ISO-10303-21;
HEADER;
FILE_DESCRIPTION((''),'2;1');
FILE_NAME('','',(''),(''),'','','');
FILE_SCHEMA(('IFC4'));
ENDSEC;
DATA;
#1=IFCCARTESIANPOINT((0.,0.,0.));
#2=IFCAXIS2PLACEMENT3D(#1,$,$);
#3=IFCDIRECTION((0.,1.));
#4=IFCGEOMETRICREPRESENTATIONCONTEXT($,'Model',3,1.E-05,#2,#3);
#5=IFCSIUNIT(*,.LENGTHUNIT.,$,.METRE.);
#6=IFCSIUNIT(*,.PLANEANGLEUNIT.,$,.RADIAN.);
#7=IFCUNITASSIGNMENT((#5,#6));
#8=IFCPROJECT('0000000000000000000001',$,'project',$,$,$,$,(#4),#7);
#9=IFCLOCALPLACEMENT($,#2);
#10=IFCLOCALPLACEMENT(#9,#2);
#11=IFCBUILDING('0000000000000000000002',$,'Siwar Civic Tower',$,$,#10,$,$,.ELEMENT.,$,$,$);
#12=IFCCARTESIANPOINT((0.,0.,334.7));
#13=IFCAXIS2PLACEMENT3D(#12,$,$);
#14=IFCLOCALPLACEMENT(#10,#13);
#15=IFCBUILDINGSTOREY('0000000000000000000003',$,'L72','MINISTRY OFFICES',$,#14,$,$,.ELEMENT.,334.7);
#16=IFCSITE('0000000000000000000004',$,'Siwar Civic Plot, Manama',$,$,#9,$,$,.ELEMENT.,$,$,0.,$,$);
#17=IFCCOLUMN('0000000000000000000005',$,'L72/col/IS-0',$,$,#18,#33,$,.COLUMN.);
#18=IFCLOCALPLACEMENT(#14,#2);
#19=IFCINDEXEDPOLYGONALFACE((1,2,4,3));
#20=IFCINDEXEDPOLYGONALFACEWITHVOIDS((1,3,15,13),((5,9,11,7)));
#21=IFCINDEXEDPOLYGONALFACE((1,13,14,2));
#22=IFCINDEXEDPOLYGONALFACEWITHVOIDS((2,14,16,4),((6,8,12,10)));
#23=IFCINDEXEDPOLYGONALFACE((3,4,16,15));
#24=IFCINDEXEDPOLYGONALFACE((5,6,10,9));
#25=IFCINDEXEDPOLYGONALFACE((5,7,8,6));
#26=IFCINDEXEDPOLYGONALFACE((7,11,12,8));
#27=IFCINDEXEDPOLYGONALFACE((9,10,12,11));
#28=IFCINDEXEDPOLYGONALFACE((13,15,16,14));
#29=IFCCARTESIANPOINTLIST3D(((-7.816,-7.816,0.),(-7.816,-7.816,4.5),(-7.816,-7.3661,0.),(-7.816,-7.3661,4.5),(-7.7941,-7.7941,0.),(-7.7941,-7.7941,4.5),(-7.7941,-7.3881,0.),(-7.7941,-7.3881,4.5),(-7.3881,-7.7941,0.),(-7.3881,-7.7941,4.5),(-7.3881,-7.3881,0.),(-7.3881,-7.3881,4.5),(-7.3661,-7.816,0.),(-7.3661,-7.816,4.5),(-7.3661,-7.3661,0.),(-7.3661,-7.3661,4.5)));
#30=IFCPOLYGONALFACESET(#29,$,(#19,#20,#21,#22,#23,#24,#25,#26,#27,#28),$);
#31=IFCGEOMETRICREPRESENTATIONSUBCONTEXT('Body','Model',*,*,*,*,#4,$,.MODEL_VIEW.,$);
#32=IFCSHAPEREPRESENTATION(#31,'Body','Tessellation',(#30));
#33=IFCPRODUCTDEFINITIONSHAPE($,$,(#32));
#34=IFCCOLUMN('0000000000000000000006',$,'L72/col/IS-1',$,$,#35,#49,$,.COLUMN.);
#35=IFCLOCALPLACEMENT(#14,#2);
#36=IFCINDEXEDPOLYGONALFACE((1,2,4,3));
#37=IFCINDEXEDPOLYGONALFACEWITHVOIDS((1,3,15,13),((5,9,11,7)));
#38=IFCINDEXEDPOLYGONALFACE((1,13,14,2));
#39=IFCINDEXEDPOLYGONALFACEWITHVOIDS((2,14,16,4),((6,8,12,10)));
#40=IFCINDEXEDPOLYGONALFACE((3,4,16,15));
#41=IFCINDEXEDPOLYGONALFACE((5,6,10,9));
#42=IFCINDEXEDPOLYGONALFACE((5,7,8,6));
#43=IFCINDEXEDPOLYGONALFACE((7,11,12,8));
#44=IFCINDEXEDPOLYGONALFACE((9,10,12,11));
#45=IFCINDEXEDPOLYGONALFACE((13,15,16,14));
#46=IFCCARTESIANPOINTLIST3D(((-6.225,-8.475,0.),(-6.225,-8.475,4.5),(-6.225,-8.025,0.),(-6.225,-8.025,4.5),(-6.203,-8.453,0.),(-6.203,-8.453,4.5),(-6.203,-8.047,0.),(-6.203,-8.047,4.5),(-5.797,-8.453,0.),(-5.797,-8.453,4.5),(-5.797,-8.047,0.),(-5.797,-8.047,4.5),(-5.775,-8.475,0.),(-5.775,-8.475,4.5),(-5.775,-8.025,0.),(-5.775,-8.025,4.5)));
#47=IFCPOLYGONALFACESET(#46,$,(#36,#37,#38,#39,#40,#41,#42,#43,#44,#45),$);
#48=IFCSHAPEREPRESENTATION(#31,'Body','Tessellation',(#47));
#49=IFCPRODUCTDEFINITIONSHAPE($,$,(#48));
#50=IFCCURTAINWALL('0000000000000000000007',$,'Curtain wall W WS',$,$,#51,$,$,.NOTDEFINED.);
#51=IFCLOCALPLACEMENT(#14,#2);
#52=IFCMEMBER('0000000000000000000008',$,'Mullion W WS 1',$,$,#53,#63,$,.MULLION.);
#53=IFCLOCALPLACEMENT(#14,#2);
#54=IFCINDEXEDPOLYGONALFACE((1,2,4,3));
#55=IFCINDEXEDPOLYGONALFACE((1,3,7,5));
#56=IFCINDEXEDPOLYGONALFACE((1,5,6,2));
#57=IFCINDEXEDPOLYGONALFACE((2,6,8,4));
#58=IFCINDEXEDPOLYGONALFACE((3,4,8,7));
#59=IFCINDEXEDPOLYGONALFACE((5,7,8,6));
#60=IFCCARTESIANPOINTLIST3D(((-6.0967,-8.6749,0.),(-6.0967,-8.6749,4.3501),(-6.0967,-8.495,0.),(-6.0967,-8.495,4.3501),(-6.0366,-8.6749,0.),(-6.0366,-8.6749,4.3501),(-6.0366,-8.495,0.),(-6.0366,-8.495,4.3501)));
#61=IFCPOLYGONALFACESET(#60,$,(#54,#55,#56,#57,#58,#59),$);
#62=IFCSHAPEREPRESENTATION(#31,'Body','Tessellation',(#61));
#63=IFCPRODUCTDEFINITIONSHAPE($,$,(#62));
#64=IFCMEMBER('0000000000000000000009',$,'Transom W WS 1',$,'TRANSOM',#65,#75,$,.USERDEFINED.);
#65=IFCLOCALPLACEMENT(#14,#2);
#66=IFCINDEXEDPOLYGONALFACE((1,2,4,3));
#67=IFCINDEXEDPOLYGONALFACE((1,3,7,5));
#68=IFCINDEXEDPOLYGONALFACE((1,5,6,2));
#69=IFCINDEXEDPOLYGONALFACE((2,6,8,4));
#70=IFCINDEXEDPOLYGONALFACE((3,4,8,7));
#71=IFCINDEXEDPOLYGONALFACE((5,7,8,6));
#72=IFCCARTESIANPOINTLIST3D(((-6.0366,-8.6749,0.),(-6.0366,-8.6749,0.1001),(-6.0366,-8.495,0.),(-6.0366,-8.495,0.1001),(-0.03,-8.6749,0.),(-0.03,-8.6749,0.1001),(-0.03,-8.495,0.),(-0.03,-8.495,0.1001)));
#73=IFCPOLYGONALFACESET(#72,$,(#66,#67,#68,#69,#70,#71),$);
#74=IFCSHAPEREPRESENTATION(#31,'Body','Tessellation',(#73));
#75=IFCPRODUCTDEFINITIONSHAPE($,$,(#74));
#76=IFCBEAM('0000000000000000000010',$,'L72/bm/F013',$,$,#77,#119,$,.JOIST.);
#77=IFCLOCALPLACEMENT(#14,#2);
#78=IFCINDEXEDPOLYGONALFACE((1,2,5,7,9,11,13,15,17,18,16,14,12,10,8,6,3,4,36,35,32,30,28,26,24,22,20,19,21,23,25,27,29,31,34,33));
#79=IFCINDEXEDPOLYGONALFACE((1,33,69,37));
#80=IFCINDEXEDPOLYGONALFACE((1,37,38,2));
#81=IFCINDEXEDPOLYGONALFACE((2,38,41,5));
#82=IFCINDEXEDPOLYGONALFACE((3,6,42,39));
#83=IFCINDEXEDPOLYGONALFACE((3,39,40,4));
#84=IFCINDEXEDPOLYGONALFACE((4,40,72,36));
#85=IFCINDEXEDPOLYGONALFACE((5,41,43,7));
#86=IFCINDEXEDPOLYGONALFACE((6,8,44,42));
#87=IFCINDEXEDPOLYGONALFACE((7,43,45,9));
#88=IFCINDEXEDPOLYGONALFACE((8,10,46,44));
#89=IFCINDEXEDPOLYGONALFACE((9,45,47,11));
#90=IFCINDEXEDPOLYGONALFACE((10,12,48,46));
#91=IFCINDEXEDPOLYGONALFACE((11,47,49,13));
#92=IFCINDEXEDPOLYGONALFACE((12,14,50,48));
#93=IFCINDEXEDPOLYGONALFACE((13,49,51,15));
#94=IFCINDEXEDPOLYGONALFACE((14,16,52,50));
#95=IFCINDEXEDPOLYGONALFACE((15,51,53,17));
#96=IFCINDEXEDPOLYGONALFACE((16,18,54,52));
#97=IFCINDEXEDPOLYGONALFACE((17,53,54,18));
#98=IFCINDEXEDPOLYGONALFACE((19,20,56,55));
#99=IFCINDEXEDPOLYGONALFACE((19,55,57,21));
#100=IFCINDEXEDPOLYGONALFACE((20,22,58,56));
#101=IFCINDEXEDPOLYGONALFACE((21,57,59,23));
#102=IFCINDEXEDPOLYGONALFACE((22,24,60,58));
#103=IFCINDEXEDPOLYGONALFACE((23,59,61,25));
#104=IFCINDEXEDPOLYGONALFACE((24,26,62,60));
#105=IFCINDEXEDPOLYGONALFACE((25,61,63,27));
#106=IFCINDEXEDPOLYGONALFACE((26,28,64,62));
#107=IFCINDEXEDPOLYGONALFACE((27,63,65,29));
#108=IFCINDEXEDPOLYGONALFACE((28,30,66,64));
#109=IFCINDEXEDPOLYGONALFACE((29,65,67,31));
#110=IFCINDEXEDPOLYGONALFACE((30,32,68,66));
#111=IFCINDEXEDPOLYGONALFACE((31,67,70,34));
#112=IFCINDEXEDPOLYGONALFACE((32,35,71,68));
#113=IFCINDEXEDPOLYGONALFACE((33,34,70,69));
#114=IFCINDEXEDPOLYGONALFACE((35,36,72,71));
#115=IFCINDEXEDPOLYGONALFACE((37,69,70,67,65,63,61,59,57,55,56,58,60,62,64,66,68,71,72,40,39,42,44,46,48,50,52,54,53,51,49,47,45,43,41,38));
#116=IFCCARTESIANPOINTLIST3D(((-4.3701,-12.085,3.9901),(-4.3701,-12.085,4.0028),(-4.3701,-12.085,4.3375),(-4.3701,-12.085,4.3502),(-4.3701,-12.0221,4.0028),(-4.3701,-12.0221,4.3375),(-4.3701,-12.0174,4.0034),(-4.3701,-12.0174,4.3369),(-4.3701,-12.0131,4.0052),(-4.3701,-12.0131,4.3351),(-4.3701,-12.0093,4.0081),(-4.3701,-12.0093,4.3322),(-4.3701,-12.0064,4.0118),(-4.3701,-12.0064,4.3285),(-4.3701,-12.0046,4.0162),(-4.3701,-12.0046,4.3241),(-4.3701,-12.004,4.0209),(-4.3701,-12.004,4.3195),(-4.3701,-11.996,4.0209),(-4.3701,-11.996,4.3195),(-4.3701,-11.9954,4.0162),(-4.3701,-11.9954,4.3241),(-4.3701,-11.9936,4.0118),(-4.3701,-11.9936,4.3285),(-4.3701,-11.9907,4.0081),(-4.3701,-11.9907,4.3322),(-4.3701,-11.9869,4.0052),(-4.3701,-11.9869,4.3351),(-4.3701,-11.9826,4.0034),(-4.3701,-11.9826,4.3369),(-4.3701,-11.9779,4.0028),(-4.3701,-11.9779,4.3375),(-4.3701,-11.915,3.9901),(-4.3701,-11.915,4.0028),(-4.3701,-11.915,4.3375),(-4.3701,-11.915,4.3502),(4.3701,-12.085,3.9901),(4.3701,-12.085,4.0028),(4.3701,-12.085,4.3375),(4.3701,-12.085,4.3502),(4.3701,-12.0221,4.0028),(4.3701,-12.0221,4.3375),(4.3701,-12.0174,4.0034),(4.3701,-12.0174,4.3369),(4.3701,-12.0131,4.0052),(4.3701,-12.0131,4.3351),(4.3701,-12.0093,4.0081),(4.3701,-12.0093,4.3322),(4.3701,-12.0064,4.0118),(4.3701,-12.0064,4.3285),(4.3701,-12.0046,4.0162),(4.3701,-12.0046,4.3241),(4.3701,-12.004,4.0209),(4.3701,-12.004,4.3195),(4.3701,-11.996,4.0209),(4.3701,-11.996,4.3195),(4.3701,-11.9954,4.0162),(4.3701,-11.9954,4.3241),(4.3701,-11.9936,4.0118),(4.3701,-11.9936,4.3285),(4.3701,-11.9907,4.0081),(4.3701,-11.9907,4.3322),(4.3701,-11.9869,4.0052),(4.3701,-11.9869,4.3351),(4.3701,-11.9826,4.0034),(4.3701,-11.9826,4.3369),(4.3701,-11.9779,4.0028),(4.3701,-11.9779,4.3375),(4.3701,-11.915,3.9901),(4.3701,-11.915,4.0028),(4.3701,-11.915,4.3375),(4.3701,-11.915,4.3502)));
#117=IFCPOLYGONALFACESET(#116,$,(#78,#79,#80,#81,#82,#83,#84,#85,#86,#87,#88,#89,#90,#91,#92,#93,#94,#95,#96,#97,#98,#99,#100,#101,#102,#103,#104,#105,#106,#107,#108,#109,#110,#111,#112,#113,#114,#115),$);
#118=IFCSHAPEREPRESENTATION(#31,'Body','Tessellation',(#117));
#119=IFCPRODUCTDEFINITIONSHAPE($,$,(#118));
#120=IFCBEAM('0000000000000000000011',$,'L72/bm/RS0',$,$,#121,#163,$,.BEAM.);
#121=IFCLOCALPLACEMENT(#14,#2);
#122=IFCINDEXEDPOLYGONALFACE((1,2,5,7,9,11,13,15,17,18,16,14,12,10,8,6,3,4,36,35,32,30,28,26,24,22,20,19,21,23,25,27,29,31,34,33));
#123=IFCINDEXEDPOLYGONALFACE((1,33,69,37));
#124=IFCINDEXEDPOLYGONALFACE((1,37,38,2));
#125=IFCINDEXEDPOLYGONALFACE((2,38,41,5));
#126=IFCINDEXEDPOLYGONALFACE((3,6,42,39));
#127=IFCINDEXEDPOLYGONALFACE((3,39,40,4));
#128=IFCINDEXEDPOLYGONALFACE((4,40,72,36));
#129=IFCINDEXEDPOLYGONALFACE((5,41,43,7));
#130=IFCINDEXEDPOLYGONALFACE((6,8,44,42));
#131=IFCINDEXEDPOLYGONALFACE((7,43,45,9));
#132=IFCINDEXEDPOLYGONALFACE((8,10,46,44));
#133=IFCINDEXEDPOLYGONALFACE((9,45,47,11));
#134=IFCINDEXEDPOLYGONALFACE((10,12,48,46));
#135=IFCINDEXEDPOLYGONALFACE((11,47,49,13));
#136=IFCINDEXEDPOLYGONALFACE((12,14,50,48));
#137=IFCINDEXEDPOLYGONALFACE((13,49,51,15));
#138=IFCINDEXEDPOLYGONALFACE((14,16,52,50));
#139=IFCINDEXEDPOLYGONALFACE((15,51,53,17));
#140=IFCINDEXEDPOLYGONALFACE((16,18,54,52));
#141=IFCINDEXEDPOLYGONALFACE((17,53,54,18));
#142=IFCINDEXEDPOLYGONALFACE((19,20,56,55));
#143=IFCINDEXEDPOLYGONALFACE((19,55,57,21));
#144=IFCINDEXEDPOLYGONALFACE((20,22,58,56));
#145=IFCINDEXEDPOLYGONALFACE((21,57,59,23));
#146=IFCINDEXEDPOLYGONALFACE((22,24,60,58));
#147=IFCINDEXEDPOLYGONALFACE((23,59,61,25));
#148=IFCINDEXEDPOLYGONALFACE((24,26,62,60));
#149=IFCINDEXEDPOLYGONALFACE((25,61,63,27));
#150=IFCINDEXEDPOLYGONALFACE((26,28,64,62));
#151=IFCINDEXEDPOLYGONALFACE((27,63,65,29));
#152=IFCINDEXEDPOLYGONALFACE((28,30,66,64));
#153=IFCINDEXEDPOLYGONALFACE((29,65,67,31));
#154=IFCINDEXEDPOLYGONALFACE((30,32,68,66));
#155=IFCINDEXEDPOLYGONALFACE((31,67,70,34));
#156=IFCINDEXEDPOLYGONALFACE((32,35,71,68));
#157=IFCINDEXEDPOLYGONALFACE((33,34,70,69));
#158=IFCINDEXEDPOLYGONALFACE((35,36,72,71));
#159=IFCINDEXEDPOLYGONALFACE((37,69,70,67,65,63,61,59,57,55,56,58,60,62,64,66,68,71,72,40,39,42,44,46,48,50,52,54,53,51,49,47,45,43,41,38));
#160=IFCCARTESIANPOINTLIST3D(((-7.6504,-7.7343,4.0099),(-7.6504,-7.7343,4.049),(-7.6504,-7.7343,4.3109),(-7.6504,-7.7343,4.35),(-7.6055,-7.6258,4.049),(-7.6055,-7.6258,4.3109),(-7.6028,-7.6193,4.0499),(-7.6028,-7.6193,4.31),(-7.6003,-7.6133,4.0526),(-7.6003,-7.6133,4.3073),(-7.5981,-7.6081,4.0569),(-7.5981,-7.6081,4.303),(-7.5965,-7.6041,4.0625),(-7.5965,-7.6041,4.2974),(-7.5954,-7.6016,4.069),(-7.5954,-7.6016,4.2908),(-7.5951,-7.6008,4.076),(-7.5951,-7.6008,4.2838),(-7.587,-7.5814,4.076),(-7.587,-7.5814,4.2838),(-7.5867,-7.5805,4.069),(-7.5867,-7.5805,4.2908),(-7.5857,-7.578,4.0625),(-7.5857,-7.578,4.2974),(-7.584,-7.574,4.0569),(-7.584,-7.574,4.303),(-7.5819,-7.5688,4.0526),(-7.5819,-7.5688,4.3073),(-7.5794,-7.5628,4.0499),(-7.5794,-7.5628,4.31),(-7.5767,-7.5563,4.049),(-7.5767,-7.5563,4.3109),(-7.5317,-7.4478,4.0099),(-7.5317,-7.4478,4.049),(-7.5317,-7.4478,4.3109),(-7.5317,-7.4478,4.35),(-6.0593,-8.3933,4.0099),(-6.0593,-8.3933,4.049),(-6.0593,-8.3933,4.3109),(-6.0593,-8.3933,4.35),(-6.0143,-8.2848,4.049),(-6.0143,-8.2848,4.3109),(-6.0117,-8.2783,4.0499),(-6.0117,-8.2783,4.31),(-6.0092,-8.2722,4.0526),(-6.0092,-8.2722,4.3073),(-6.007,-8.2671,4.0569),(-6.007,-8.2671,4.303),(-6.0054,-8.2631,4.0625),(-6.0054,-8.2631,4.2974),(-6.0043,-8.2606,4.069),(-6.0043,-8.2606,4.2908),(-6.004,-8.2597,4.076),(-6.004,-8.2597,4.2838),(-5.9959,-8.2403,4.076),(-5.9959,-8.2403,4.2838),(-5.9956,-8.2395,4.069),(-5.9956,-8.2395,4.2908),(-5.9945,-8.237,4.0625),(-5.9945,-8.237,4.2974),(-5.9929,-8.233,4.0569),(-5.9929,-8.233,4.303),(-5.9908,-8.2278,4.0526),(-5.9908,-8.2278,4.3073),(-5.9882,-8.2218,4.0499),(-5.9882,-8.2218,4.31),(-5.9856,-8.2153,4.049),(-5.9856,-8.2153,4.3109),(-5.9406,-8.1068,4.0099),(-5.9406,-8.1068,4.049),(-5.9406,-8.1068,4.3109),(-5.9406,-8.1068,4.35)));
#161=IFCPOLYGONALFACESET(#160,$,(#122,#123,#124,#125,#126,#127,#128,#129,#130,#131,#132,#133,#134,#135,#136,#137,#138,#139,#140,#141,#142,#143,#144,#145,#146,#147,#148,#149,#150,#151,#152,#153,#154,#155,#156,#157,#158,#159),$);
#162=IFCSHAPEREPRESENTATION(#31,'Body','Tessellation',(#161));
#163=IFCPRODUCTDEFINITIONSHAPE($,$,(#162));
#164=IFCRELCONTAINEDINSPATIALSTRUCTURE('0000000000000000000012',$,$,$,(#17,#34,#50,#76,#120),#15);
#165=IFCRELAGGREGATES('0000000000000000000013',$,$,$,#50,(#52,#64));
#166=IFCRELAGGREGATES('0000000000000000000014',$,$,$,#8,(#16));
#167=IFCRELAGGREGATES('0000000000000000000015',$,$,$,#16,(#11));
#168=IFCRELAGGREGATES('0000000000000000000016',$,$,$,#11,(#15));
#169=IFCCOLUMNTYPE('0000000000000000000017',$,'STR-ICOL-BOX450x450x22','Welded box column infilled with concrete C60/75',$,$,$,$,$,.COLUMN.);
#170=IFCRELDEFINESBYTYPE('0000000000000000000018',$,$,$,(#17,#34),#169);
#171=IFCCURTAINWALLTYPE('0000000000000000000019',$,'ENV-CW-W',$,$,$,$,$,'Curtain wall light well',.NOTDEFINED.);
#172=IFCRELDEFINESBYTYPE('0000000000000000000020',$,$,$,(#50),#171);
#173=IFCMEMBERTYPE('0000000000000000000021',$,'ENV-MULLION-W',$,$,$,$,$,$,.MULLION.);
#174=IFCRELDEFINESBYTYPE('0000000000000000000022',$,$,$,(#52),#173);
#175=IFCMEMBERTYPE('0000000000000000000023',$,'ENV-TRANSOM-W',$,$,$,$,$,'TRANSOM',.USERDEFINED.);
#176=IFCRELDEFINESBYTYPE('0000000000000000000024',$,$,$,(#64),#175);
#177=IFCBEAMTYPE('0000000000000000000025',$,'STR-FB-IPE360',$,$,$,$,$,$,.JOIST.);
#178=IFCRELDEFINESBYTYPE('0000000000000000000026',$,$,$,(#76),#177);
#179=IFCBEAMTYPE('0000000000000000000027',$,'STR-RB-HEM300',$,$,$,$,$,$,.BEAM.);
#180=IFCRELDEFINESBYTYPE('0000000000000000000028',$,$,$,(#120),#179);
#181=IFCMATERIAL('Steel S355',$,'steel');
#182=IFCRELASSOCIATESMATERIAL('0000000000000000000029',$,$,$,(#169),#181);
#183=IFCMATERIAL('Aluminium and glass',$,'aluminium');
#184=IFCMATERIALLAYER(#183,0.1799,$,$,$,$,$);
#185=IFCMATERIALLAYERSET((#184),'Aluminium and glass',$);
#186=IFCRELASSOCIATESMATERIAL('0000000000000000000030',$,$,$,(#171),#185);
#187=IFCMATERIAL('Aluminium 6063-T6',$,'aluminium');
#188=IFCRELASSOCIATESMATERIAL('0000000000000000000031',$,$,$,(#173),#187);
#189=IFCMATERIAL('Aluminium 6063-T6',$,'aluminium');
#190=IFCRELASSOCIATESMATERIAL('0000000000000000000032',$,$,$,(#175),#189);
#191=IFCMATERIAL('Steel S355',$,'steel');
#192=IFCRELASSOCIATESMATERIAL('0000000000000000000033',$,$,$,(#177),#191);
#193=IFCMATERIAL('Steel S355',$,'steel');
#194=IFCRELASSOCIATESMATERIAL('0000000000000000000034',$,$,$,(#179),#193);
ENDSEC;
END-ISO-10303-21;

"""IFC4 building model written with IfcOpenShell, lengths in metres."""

from ifc_helpers import new_model, si_unit, direction, frame, origin, origin_2d, place, context, subcontext, project, spatial, rectangle, hollow_rectangle, i_section, extrude, material, layer, layer_set, material_profile, profile_set, type_object, element, aggregate, save


model = new_model("IFC4")

# Units and contexts
model_context = context("Model", 3, precision=1e-05, world=origin(), true_north=direction((0.0, 1.0)))
body_context = subcontext(model_context, "Body", "Model", "MODEL_VIEW")
ifc_project = project(units=[si_unit("LENGTHUNIT", "METRE"), si_unit("PLANEANGLEUNIT", "RADIAN")], contexts=[model_context])

# Site, building, storey
site_placement = place(None, origin())
site = spatial("IfcSite", under=ifc_project, at=site_placement, Name="Siwar Civic Plot, Manama", CompositionType="ELEMENT", RefElevation=0.0)
building_placement = place(site_placement, origin())
building = spatial("IfcBuilding", under=site, at=building_placement, Name="Siwar Civic Tower", CompositionType="ELEMENT")
storey_placement = place(building_placement, frame((0.0, 0.0, 334.7)))
storey = spatial("IfcBuildingStorey", under=building, at=storey_placement, Name="L72", Description="MINISTRY OFFICES", CompositionType="ELEMENT", Elevation=334.7)

# Columns
ifc_material_1 = material(Name="Steel S355", Category="steel")
ifc_material_profile_1 = material_profile(ifc_material_1, hollow_rectangle(XDim=0.45, YDim=0.45, WallThickness=0.022, at=origin_2d()), Name="BOX450x450x22")
ifc_profile_set_1 = profile_set([ifc_material_profile_1], Name="Steel S355")
column_type = type_object("IfcColumnType", Name="STR-ICOL-BOX450x450x22", Description="Welded box column infilled with concrete C60/75", PredefinedType="COLUMN", material=ifc_profile_set_1)
for number, where, z_axis, x_axis, name in (
    (1, (-7.5911, -7.5911, 0.0), (0.0, 0.0, 1.0), (1.0, 0.0, 0.0), "L72/col/IS-0"),
    (2, (-6.0, -8.25, 0.0), (0.0, 0.0, 1.0), (1.0, 0.0, 0.0), "L72/col/IS-1"),
):
    element("IfcColumn", number, at=place(storey_placement, frame(where, z_axis=z_axis, x_axis=x_axis)), inside=storey, type_object=column_type, Name=name, PredefinedType="COLUMN", context=body_context, shape_type="SweptSolid", body=[
        extrude(hollow_rectangle(XDim=0.45, YDim=0.45, WallThickness=0.022, at=origin_2d()), origin(), (0.0, 0.0, 1.0), 4.5),
    ])

# Curtain wall, members
ifc_material_2 = material(Name="Aluminium and glass", Category="aluminium")
ifc_layer_1 = layer(ifc_material_2, 0.1799)
ifc_layer_set_1 = layer_set([ifc_layer_1], Name="Aluminium and glass")
curtain_wall_type = type_object("IfcCurtainWallType", Name="ENV-CW-W", ElementType="Curtain wall light well", PredefinedType="NOTDEFINED", material=ifc_layer_set_1)
curtain_wall_placement = place(storey_placement, origin())
curtain_wall = element("IfcCurtainWall", 3, at=curtain_wall_placement, inside=storey, type_object=curtain_wall_type, Name="Curtain wall W WS", PredefinedType="NOTDEFINED")
ifc_material_3 = material(Name="Aluminium 6063-T6", Category="aluminium")
ifc_material_profile_2 = material_profile(ifc_material_3, rectangle(XDim=0.1799, YDim=0.0601, at=origin_2d()), Name="AL 180x60")
ifc_profile_set_2 = profile_set([ifc_material_profile_2], Name="Aluminium 6063-T6")
member_type_1 = type_object("IfcMemberType", Name="ENV-MULLION-W", PredefinedType="MULLION", material=ifc_profile_set_2)
member_1_placement = place(storey_placement, frame((-6.0667, -8.585, 0.0), z_axis=(0.0, 0.0, 1.0), x_axis=(0.0, 1.0, 0.0)))
member_1 = element("IfcMember", 4, at=member_1_placement, type_object=member_type_1, Name="Mullion W WS 1", PredefinedType="MULLION", context=body_context, shape_type="SweptSolid", body=[
    extrude(rectangle(XDim=0.1799, YDim=0.0601, at=origin_2d()), origin(), (0.0, 0.0, 1.0), 4.3501),
])
ifc_material_4 = material(Name="Aluminium 6063-T6", Category="aluminium")
ifc_material_profile_3 = material_profile(ifc_material_4, rectangle(XDim=0.1799, YDim=0.1001, at=origin_2d()), Name="AL 180x100")
ifc_profile_set_3 = profile_set([ifc_material_profile_3], Name="Aluminium 6063-T6")
member_type_2 = type_object("IfcMemberType", Name="ENV-TRANSOM-W", ElementType="TRANSOM", PredefinedType="USERDEFINED", material=ifc_profile_set_3)
member_2_placement = place(storey_placement, frame((-6.0366, -8.585, 0.05), z_axis=(1.0, 0.0, 0.0), x_axis=(0.0, 1.0, 0.0)))
member_2 = element("IfcMember", 5, at=member_2_placement, type_object=member_type_2, Name="Transom W WS 1", ObjectType="TRANSOM", PredefinedType="USERDEFINED", context=body_context, shape_type="SweptSolid", body=[
    extrude(rectangle(XDim=0.1799, YDim=0.1001, at=origin_2d()), origin(), (0.0, 0.0, 1.0), 6.0066),
])

# Beams
ifc_material_5 = material(Name="Steel S355", Category="steel")
ifc_material_profile_4 = material_profile(ifc_material_5, i_section(OverallWidth=0.1699, OverallDepth=0.3601, WebThickness=0.0081, FlangeThickness=0.0127, FilletRadius=0.0181, at=origin_2d()), Name="IPE360")
ifc_profile_set_4 = profile_set([ifc_material_profile_4], Name="Steel S355")
beam_type_1 = type_object("IfcBeamType", Name="STR-FB-IPE360", PredefinedType="JOIST", material=ifc_profile_set_4)
beam_1_placement = place(storey_placement, frame((-4.3701, -12.0, 4.1702), z_axis=(1.0, 0.0, 0.0), x_axis=(0.0, 1.0, 0.0)))
element("IfcBeam", 6, at=beam_1_placement, inside=storey, type_object=beam_type_1, Name="L72/bm/F013", PredefinedType="JOIST", context=body_context, shape_type="SweptSolid", body=[
    extrude(i_section(OverallWidth=0.1699, OverallDepth=0.3601, WebThickness=0.0081, FlangeThickness=0.0127, FilletRadius=0.0181, at=origin_2d()), origin(), (0.0, 0.0, 1.0), 8.7402),
])
ifc_material_6 = material(Name="Steel S355", Category="steel")
ifc_material_profile_5 = material_profile(ifc_material_6, i_section(OverallWidth=0.3101, OverallDepth=0.3401, WebThickness=0.021, FlangeThickness=0.0391, FilletRadius=0.0271, at=origin_2d()), Name="HEM300")
ifc_profile_set_5 = profile_set([ifc_material_profile_5], Name="Steel S355")
beam_type_2 = type_object("IfcBeamType", Name="STR-RB-HEM300", PredefinedType="BEAM", material=ifc_profile_set_5)
beam_2_placement = place(storey_placement, frame((-7.5911, -7.5911, 4.1799), z_axis=(0.923901, -0.382631, 0.0), x_axis=(0.382631, 0.923901, 0.0)))
element("IfcBeam", 7, at=beam_2_placement, inside=storey, type_object=beam_type_2, Name="L72/bm/RS0", PredefinedType="BEAM", context=body_context, shape_type="SweptSolid", body=[
    extrude(i_section(OverallWidth=0.3101, OverallDepth=0.3401, WebThickness=0.021, FlangeThickness=0.0391, FilletRadius=0.0271, at=origin_2d()), origin(), (0.0, 0.0, 1.0), 1.7222),
])

aggregate(curtain_wall, [member_1, member_2])

save(model, "model.ifc")
